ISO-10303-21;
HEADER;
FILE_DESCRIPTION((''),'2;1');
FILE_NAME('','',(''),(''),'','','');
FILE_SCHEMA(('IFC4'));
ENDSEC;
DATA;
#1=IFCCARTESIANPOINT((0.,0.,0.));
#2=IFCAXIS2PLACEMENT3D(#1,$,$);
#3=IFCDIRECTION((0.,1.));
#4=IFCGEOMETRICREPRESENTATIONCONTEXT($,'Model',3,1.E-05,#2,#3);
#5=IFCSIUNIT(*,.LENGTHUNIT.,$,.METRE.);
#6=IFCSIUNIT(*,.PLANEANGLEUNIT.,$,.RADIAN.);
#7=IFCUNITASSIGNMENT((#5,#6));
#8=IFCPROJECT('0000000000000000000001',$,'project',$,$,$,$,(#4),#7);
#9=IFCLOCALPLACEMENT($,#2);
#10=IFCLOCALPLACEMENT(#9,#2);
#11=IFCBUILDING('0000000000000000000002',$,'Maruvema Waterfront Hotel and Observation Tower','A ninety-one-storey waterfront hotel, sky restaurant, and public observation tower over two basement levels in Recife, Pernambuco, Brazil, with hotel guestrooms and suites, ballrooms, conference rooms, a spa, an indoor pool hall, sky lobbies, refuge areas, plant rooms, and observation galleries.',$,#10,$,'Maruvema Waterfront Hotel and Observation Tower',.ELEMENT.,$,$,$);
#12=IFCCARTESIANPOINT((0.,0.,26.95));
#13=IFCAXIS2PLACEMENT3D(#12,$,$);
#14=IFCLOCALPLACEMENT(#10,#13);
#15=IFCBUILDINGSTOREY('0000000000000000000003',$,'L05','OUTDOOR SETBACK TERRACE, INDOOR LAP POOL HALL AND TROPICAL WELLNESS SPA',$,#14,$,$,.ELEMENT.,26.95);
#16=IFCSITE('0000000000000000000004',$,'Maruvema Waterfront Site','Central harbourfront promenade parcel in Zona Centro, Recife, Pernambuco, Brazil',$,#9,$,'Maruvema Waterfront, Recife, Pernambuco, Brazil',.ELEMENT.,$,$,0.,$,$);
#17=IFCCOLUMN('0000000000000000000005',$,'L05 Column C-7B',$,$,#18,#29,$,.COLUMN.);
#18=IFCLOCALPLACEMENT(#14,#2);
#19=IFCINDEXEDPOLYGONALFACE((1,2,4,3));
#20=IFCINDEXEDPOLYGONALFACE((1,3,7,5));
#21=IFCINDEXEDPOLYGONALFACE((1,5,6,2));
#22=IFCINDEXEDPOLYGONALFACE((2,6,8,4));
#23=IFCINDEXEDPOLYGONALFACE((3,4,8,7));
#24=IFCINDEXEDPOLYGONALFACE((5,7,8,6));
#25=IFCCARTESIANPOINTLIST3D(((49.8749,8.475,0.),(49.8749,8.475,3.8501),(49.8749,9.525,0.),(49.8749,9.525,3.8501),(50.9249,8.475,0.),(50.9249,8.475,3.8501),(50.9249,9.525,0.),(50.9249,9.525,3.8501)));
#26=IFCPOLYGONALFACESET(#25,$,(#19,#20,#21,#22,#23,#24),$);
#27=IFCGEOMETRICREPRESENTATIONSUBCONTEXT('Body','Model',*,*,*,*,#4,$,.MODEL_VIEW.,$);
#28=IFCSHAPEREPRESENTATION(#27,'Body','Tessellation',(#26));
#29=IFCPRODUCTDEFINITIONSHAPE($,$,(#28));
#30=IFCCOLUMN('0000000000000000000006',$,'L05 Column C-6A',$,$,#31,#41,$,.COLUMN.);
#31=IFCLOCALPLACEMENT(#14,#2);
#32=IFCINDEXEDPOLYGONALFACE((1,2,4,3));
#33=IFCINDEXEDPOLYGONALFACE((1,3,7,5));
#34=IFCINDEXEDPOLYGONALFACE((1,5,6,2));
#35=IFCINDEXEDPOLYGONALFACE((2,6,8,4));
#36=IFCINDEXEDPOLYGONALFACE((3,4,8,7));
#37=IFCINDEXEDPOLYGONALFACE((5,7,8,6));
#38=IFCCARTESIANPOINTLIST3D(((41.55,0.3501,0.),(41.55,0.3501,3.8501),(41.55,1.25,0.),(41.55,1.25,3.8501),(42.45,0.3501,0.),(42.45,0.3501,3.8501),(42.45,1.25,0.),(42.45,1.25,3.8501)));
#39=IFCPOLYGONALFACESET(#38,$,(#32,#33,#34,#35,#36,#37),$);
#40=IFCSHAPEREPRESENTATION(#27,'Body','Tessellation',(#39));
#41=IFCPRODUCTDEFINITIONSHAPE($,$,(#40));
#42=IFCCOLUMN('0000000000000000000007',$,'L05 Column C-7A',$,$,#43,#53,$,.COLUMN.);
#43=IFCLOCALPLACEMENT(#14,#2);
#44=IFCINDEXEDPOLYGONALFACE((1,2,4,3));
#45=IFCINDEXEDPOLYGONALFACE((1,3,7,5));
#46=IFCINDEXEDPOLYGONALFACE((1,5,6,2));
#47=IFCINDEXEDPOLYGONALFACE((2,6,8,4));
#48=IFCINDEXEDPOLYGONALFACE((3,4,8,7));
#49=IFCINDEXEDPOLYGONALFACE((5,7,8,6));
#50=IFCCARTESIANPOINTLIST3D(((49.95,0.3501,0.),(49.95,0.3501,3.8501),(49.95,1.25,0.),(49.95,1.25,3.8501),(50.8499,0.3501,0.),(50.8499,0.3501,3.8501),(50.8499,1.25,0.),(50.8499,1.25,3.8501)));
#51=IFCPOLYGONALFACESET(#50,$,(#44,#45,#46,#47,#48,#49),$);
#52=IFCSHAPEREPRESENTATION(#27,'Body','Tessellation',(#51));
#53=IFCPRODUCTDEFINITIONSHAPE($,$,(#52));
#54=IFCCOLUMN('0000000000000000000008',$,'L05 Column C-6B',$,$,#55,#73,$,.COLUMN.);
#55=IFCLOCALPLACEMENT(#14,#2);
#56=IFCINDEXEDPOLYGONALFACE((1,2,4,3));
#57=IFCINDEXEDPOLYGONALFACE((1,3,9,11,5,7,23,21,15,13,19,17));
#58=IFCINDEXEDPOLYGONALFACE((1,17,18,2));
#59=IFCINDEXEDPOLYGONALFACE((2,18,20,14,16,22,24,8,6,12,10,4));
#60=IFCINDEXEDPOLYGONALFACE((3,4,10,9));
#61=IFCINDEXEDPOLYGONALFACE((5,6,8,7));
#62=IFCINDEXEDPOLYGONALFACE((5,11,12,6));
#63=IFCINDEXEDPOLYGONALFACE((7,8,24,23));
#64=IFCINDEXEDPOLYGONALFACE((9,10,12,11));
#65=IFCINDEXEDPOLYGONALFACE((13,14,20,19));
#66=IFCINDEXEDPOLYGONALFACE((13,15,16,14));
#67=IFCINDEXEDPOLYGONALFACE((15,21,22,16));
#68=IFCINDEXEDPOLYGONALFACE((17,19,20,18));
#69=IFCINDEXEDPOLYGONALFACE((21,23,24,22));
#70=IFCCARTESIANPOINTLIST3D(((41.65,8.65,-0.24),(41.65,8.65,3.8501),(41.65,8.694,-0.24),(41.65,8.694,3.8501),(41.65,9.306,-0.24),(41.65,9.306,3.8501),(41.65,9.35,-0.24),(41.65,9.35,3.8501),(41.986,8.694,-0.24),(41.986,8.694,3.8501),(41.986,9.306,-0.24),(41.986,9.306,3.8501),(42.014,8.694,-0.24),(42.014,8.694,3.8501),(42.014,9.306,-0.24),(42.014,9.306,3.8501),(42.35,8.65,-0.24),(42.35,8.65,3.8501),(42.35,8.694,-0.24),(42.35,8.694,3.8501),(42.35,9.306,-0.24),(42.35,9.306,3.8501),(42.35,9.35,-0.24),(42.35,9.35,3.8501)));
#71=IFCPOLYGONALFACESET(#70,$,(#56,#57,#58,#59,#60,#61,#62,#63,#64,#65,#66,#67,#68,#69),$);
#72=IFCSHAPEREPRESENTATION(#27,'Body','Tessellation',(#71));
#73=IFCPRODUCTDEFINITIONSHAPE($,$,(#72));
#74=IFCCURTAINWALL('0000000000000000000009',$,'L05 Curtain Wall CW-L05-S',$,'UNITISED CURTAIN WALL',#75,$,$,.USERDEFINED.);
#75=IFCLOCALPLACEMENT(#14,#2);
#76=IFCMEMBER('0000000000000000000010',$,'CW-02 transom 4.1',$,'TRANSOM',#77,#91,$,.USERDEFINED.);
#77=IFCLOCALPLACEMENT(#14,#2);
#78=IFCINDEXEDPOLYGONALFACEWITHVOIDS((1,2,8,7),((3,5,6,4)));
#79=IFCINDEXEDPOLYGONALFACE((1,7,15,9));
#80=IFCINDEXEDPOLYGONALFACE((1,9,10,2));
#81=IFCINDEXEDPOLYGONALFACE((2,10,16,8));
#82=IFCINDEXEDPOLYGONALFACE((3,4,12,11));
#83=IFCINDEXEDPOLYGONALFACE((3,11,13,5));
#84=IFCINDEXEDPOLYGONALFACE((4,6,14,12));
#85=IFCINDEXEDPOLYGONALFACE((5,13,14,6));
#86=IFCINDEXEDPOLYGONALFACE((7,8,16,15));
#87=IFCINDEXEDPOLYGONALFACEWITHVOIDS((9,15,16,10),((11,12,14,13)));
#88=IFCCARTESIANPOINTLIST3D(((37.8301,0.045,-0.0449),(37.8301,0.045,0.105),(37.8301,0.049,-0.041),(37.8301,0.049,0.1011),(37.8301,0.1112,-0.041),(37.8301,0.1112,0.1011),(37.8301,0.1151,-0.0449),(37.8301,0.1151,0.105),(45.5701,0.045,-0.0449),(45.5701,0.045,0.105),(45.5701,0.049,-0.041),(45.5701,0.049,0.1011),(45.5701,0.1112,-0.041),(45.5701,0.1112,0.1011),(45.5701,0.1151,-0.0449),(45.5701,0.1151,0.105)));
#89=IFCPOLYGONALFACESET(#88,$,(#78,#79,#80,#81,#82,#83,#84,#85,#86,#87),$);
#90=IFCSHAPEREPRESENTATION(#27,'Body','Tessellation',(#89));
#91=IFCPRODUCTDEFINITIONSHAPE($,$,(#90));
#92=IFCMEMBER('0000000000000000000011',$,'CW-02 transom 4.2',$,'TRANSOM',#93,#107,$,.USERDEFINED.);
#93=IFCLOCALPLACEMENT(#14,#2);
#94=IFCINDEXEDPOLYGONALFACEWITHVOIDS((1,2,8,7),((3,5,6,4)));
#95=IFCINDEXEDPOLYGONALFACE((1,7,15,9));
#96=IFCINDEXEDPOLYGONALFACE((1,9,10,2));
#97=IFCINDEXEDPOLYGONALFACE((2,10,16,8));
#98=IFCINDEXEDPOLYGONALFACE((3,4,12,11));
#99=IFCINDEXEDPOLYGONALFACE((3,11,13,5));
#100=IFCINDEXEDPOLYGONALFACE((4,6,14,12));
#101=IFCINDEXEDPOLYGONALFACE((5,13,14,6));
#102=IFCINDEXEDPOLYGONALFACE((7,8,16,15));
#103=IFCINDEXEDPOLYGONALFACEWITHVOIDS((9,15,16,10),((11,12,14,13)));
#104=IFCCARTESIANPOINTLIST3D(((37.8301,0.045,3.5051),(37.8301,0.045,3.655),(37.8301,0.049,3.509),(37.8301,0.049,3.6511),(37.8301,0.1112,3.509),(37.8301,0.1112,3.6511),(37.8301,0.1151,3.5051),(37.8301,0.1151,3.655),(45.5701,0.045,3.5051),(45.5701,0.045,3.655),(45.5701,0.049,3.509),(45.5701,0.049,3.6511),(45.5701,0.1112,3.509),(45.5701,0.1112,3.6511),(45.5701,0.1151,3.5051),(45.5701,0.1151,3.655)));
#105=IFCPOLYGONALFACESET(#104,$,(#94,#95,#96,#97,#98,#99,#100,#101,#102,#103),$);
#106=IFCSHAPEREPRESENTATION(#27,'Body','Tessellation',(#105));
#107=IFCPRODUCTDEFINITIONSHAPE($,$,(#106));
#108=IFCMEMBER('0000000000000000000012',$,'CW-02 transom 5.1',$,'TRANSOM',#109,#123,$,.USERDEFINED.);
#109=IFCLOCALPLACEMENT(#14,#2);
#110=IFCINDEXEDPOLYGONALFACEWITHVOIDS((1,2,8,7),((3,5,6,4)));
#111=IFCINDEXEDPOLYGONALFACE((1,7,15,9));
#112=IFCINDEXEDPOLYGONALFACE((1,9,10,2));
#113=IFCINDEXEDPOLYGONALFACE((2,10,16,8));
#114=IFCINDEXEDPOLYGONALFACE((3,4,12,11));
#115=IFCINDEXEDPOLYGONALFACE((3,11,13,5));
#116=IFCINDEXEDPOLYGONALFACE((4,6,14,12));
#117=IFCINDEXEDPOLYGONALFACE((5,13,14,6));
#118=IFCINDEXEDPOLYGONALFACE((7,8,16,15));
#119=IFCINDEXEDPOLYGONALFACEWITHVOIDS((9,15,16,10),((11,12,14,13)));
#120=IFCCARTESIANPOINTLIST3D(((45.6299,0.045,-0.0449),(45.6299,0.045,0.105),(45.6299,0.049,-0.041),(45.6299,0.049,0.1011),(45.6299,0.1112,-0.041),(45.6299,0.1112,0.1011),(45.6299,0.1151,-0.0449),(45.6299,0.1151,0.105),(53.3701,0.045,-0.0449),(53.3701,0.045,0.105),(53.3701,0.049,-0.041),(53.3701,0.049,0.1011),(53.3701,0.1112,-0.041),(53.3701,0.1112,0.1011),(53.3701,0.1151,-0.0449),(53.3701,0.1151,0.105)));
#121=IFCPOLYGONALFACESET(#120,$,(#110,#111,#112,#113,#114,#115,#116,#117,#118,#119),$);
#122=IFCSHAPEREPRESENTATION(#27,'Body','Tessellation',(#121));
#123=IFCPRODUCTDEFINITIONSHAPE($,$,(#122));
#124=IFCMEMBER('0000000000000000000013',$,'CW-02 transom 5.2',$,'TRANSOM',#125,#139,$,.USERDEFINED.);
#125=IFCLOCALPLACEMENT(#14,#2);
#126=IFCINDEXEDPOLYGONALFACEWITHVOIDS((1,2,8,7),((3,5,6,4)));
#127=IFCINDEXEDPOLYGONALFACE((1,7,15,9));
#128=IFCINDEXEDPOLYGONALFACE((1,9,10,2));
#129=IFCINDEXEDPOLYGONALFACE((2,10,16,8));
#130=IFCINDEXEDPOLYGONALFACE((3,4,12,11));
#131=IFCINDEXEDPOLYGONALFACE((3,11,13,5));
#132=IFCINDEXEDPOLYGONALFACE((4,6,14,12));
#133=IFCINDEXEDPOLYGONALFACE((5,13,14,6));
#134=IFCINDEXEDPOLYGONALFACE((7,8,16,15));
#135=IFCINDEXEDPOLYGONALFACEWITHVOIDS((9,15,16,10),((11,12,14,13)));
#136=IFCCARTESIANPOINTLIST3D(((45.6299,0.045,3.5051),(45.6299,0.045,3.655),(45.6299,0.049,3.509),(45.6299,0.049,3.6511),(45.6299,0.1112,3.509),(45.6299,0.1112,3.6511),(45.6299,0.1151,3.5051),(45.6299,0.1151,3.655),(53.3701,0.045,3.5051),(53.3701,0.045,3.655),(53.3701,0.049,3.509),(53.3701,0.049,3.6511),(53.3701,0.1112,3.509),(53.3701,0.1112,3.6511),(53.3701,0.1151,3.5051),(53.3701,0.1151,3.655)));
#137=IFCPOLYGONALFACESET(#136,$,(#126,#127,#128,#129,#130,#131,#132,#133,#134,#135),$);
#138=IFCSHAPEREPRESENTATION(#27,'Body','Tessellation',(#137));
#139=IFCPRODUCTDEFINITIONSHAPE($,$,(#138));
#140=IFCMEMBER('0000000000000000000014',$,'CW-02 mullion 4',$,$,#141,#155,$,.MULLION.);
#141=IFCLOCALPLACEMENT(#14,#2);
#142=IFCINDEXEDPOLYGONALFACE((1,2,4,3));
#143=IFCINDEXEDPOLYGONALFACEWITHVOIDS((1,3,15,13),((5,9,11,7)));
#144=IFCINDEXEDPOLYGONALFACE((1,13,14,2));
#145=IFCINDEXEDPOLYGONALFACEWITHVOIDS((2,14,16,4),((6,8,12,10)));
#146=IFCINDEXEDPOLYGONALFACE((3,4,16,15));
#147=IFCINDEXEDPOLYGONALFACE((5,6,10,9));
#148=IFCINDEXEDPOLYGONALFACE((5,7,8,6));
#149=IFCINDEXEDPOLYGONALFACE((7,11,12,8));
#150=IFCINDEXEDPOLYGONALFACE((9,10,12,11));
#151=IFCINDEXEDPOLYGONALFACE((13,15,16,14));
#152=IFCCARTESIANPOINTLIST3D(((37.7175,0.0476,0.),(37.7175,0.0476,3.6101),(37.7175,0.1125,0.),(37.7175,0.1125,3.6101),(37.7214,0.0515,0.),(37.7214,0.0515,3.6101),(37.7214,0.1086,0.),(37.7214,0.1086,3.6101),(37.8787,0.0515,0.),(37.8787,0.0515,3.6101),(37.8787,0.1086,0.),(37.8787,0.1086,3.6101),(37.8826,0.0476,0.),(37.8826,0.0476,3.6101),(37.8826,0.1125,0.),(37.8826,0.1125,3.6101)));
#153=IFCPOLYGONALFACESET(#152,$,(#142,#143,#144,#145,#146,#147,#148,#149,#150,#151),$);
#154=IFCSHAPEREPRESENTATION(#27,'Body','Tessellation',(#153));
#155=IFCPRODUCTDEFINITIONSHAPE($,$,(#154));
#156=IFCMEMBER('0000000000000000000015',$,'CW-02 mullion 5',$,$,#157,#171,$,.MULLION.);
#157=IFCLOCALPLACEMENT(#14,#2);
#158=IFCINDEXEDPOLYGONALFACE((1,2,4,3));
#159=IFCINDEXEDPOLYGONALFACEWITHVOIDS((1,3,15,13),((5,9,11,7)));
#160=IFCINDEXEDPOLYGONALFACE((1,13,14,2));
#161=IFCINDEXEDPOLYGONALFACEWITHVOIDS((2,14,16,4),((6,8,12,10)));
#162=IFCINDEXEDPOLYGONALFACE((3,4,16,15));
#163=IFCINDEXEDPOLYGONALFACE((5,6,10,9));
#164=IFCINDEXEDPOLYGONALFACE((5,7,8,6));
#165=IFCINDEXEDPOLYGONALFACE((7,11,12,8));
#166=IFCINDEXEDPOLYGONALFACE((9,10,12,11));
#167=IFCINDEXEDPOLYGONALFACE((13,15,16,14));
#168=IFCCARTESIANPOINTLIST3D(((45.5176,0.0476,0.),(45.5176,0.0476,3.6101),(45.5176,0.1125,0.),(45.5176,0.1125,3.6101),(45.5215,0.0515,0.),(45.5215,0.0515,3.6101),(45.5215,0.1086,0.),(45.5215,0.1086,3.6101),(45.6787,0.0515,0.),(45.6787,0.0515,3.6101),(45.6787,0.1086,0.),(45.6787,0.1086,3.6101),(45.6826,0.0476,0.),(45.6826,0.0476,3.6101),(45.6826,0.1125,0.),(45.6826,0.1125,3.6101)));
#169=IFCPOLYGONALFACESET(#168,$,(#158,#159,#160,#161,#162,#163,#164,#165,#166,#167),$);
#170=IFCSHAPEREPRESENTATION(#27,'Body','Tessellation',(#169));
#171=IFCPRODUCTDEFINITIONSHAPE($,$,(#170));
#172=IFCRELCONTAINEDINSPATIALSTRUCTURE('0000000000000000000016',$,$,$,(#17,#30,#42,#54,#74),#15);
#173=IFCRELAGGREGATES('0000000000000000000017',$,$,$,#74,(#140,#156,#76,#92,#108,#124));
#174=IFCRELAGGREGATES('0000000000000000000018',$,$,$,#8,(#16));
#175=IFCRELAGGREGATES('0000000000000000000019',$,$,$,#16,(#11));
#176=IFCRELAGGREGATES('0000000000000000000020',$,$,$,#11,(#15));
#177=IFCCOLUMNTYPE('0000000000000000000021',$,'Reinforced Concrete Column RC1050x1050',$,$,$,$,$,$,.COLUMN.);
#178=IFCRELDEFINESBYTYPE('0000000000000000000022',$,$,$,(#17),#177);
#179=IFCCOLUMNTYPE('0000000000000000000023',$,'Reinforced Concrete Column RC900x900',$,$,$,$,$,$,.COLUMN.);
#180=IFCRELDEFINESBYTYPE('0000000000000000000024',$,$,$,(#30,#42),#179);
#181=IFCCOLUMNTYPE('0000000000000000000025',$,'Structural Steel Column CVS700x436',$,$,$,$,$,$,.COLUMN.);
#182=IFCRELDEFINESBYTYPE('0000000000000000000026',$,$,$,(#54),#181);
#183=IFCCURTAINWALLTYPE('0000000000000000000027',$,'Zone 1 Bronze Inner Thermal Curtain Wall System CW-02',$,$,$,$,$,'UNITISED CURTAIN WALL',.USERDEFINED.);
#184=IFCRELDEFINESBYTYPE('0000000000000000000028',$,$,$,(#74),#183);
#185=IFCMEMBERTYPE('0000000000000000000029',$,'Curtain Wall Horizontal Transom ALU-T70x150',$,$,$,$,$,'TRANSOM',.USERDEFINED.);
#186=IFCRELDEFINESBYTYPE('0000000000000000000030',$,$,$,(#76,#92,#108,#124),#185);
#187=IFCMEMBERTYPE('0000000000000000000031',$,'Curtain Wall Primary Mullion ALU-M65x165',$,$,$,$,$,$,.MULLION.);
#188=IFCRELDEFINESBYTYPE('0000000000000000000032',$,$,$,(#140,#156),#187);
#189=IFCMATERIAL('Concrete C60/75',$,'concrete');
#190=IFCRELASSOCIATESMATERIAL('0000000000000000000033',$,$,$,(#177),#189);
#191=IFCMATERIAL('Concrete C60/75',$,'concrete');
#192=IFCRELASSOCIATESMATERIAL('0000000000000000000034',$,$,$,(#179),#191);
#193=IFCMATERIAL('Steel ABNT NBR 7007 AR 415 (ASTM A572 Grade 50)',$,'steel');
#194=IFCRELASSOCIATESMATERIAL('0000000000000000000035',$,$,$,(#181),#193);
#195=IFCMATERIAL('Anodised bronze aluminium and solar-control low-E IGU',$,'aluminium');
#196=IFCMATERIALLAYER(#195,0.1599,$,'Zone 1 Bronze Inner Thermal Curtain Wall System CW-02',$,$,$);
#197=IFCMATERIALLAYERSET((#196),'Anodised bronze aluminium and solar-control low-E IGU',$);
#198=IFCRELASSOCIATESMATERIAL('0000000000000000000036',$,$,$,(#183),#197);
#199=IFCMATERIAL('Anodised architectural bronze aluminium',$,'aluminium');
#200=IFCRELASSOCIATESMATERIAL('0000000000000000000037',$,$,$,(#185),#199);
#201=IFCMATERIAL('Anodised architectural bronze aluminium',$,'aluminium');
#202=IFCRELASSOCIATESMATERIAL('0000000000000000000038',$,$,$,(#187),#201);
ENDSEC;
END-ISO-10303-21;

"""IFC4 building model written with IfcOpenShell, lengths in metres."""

from ifc_helpers import new_model, si_unit, direction, frame, origin, origin_2d, place, context, subcontext, project, spatial, rectangle, hollow_rectangle, i_section, extrude, material, layer, layer_set, material_profile, profile_set, type_object, element, aggregate, save


model = new_model("IFC4")

# Units and contexts
model_context = context("Model", 3, precision=1e-05, world=origin(), true_north=direction((0.0, 1.0)))
body_context = subcontext(model_context, "Body", "Model", "MODEL_VIEW")
ifc_project = project(units=[si_unit("LENGTHUNIT", "METRE"), si_unit("PLANEANGLEUNIT", "RADIAN")], contexts=[model_context])

# Site, building, storey
site_placement = place(None, origin())
site = spatial("IfcSite", under=ifc_project, at=site_placement, Name="Maruvema Waterfront Site", Description="Central harbourfront promenade parcel in Zona Centro, Recife, Pernambuco, Brazil", LongName="Maruvema Waterfront, Recife, Pernambuco, Brazil", CompositionType="ELEMENT", RefElevation=0.0)
building_placement = place(site_placement, origin())
building = spatial("IfcBuilding", under=site, at=building_placement, Name="Maruvema Waterfront Hotel and Observation Tower", Description="A ninety-one-storey waterfront hotel, sky restaurant, and public observation tower over two basement levels in Recife, Pernambuco, Brazil, with hotel guestrooms and suites, ballrooms, conference rooms, a spa, an indoor pool hall, sky lobbies, refuge areas, plant rooms, and observation galleries.", LongName="Maruvema Waterfront Hotel and Observation Tower", CompositionType="ELEMENT")
storey_placement = place(building_placement, frame((0.0, 0.0, 26.95)))
storey = spatial("IfcBuildingStorey", under=building, at=storey_placement, Name="L05", Description="OUTDOOR SETBACK TERRACE, INDOOR LAP POOL HALL AND TROPICAL WELLNESS SPA", CompositionType="ELEMENT", Elevation=26.95)

# Columns
ifc_material_1 = material(Name="Concrete C60/75", Category="concrete")
ifc_material_profile_1 = material_profile(ifc_material_1, rectangle(XDim=1.05, YDim=1.05, at=origin_2d()), Name="RC1050x1050")
ifc_profile_set_1 = profile_set([ifc_material_profile_1], Name="Concrete C60/75")
column_type_1 = type_object("IfcColumnType", Name="Reinforced Concrete Column RC1050x1050", PredefinedType="COLUMN", material=ifc_profile_set_1)
column_1_placement = place(storey_placement, frame((50.3999, 9.0, 0.0), z_axis=(0.0, 0.0, 1.0), x_axis=(1.0, 0.0, 0.0)))
element("IfcColumn", 1, at=column_1_placement, inside=storey, type_object=column_type_1, Name="L05 Column C-7B", PredefinedType="COLUMN", context=body_context, shape_type="SweptSolid", body=[
    extrude(rectangle(XDim=1.05, YDim=1.05, at=origin_2d()), origin(), (0.0, 0.0, 1.0), 3.8501),
])
ifc_material_2 = material(Name="Concrete C60/75", Category="concrete")
ifc_material_profile_2 = material_profile(ifc_material_2, rectangle(XDim=0.8999, YDim=0.8999, at=origin_2d()), Name="RC900x900")
ifc_profile_set_2 = profile_set([ifc_material_profile_2], Name="Concrete C60/75")
column_type_2 = type_object("IfcColumnType", Name="Reinforced Concrete Column RC900x900", PredefinedType="COLUMN", material=ifc_profile_set_2)
for number, where, z_axis, x_axis, name in (
    (2, (42.0, 0.8, 0.0), (0.0, 0.0, 1.0), (1.0, 0.0, 0.0), "L05 Column C-6A"),
    (3, (50.3999, 0.8, 0.0), (0.0, 0.0, 1.0), (1.0, 0.0, 0.0), "L05 Column C-7A"),
):
    element("IfcColumn", number, at=place(storey_placement, frame(where, z_axis=z_axis, x_axis=x_axis)), inside=storey, type_object=column_type_2, Name=name, PredefinedType="COLUMN", context=body_context, shape_type="SweptSolid", body=[
        extrude(rectangle(XDim=0.8999, YDim=0.8999, at=origin_2d()), origin(), (0.0, 0.0, 1.0), 3.8501),
    ])
ifc_material_3 = material(Name="Steel ABNT NBR 7007 AR 415 (ASTM A572 Grade 50)", Category="steel")
ifc_material_profile_3 = material_profile(ifc_material_3, i_section(OverallWidth=0.7, OverallDepth=0.7, WebThickness=0.0281, FlangeThickness=0.0439, at=origin_2d()), Name="CVS700x436")
ifc_profile_set_3 = profile_set([ifc_material_profile_3], Name="Steel ABNT NBR 7007 AR 415 (ASTM A572 Grade 50)")
column_type_3 = type_object("IfcColumnType", Name="Structural Steel Column CVS700x436", PredefinedType="COLUMN", material=ifc_profile_set_3)
column_2_placement = place(storey_placement, frame((42.0, 9.0, -0.24), z_axis=(0.0, 0.0, 1.0), x_axis=(1.0, 0.0, 0.0)))
element("IfcColumn", 4, at=column_2_placement, inside=storey, type_object=column_type_3, Name="L05 Column C-6B", PredefinedType="COLUMN", context=body_context, shape_type="SweptSolid", body=[
    extrude(i_section(OverallWidth=0.7, OverallDepth=0.7, WebThickness=0.0281, FlangeThickness=0.0439, at=origin_2d()), origin(), (0.0, 0.0, 1.0), 4.0901),
])

# Curtain wall, members
ifc_material_4 = material(Name="Anodised bronze aluminium and solar-control low-E IGU", Category="aluminium")
ifc_layer_1 = layer(ifc_material_4, 0.1599, Name="Zone 1 Bronze Inner Thermal Curtain Wall System CW-02")
ifc_layer_set_1 = layer_set([ifc_layer_1], Name="Anodised bronze aluminium and solar-control low-E IGU")
curtain_wall_type = type_object("IfcCurtainWallType", Name="Zone 1 Bronze Inner Thermal Curtain Wall System CW-02", ElementType="UNITISED CURTAIN WALL", PredefinedType="USERDEFINED", material=ifc_layer_set_1)
curtain_wall_placement = place(storey_placement, origin())
curtain_wall = element("IfcCurtainWall", 5, at=curtain_wall_placement, inside=storey, type_object=curtain_wall_type, Name="L05 Curtain Wall CW-L05-S", ObjectType="UNITISED CURTAIN WALL", PredefinedType="USERDEFINED")
ifc_material_5 = material(Name="Anodised architectural bronze aluminium", Category="aluminium")
ifc_material_profile_4 = material_profile(ifc_material_5, hollow_rectangle(XDim=0.0701, YDim=0.1499, WallThickness=0.0039, at=origin_2d()), Name="ALU-T70x150")
ifc_profile_set_4 = profile_set([ifc_material_profile_4], Name="Anodised architectural bronze aluminium")
member_type_1 = type_object("IfcMemberType", Name="Curtain Wall Horizontal Transom ALU-T70x150", ElementType="TRANSOM", PredefinedType="USERDEFINED", material=ifc_profile_set_4)
member_1_placement = place(storey_placement, frame((37.8301, 0.0801, 0.03), z_axis=(1.0, 0.0, 0.0), x_axis=(0.0, 1.0, 0.0)))
member_1 = element("IfcMember", 6, at=member_1_placement, type_object=member_type_1, Name="CW-02 transom 4.1", ObjectType="TRANSOM", PredefinedType="USERDEFINED", context=body_context, shape_type="SweptSolid", body=[
    extrude(hollow_rectangle(XDim=0.0701, YDim=0.1499, WallThickness=0.0039, at=origin_2d()), origin(), (0.0, 0.0, 1.0), 7.74),
])
member_2_placement = place(storey_placement, frame((37.8301, 0.0801, 3.5801), z_axis=(1.0, 0.0, 0.0), x_axis=(0.0, 1.0, 0.0)))
member_2 = element("IfcMember", 7, at=member_2_placement, type_object=member_type_1, Name="CW-02 transom 4.2", ObjectType="TRANSOM", PredefinedType="USERDEFINED", context=body_context, shape_type="SweptSolid", body=[
    extrude(hollow_rectangle(XDim=0.0701, YDim=0.1499, WallThickness=0.0039, at=origin_2d()), origin(), (0.0, 0.0, 1.0), 7.74),
])
member_3_placement = place(storey_placement, frame((45.6299, 0.0801, 0.03), z_axis=(1.0, 0.0, 0.0), x_axis=(0.0, 1.0, 0.0)))
member_3 = element("IfcMember", 8, at=member_3_placement, type_object=member_type_1, Name="CW-02 transom 5.1", ObjectType="TRANSOM", PredefinedType="USERDEFINED", context=body_context, shape_type="SweptSolid", body=[
    extrude(hollow_rectangle(XDim=0.0701, YDim=0.1499, WallThickness=0.0039, at=origin_2d()), origin(), (0.0, 0.0, 1.0), 7.7402),
])
member_4_placement = place(storey_placement, frame((45.6299, 0.0801, 3.5801), z_axis=(1.0, 0.0, 0.0), x_axis=(0.0, 1.0, 0.0)))
member_4 = element("IfcMember", 9, at=member_4_placement, type_object=member_type_1, Name="CW-02 transom 5.2", ObjectType="TRANSOM", PredefinedType="USERDEFINED", context=body_context, shape_type="SweptSolid", body=[
    extrude(hollow_rectangle(XDim=0.0701, YDim=0.1499, WallThickness=0.0039, at=origin_2d()), origin(), (0.0, 0.0, 1.0), 7.7402),
])
ifc_material_6 = material(Name="Anodised architectural bronze aluminium", Category="aluminium")
ifc_material_profile_5 = material_profile(ifc_material_6, hollow_rectangle(XDim=0.0649, YDim=0.165, WallThickness=0.0039, at=origin_2d()), Name="ALU-M65x165")
ifc_profile_set_5 = profile_set([ifc_material_profile_5], Name="Anodised architectural bronze aluminium")
member_type_2 = type_object("IfcMemberType", Name="Curtain Wall Primary Mullion ALU-M65x165", PredefinedType="MULLION", material=ifc_profile_set_5)
member_5_placement = place(storey_placement, frame((37.8, 0.0801, 0.0), z_axis=(0.0, 0.0, 1.0), x_axis=(0.0, 1.0, 0.0)))
member_5 = element("IfcMember", 10, at=member_5_placement, type_object=member_type_2, Name="CW-02 mullion 4", PredefinedType="MULLION", context=body_context, shape_type="SweptSolid", body=[
    extrude(hollow_rectangle(XDim=0.0649, YDim=0.165, WallThickness=0.0039, at=origin_2d()), origin(), (0.0, 0.0, 1.0), 3.6101),
])
member_6_placement = place(storey_placement, frame((45.6001, 0.0801, 0.0), z_axis=(0.0, 0.0, 1.0), x_axis=(0.0, 1.0, 0.0)))
member_6 = element("IfcMember", 11, at=member_6_placement, type_object=member_type_2, Name="CW-02 mullion 5", PredefinedType="MULLION", context=body_context, shape_type="SweptSolid", body=[
    extrude(hollow_rectangle(XDim=0.0649, YDim=0.165, WallThickness=0.0039, at=origin_2d()), origin(), (0.0, 0.0, 1.0), 3.6101),
])

aggregate(curtain_wall, [member_5, member_6, member_1, member_2, member_3, member_4])

save(model, "model.ifc")
